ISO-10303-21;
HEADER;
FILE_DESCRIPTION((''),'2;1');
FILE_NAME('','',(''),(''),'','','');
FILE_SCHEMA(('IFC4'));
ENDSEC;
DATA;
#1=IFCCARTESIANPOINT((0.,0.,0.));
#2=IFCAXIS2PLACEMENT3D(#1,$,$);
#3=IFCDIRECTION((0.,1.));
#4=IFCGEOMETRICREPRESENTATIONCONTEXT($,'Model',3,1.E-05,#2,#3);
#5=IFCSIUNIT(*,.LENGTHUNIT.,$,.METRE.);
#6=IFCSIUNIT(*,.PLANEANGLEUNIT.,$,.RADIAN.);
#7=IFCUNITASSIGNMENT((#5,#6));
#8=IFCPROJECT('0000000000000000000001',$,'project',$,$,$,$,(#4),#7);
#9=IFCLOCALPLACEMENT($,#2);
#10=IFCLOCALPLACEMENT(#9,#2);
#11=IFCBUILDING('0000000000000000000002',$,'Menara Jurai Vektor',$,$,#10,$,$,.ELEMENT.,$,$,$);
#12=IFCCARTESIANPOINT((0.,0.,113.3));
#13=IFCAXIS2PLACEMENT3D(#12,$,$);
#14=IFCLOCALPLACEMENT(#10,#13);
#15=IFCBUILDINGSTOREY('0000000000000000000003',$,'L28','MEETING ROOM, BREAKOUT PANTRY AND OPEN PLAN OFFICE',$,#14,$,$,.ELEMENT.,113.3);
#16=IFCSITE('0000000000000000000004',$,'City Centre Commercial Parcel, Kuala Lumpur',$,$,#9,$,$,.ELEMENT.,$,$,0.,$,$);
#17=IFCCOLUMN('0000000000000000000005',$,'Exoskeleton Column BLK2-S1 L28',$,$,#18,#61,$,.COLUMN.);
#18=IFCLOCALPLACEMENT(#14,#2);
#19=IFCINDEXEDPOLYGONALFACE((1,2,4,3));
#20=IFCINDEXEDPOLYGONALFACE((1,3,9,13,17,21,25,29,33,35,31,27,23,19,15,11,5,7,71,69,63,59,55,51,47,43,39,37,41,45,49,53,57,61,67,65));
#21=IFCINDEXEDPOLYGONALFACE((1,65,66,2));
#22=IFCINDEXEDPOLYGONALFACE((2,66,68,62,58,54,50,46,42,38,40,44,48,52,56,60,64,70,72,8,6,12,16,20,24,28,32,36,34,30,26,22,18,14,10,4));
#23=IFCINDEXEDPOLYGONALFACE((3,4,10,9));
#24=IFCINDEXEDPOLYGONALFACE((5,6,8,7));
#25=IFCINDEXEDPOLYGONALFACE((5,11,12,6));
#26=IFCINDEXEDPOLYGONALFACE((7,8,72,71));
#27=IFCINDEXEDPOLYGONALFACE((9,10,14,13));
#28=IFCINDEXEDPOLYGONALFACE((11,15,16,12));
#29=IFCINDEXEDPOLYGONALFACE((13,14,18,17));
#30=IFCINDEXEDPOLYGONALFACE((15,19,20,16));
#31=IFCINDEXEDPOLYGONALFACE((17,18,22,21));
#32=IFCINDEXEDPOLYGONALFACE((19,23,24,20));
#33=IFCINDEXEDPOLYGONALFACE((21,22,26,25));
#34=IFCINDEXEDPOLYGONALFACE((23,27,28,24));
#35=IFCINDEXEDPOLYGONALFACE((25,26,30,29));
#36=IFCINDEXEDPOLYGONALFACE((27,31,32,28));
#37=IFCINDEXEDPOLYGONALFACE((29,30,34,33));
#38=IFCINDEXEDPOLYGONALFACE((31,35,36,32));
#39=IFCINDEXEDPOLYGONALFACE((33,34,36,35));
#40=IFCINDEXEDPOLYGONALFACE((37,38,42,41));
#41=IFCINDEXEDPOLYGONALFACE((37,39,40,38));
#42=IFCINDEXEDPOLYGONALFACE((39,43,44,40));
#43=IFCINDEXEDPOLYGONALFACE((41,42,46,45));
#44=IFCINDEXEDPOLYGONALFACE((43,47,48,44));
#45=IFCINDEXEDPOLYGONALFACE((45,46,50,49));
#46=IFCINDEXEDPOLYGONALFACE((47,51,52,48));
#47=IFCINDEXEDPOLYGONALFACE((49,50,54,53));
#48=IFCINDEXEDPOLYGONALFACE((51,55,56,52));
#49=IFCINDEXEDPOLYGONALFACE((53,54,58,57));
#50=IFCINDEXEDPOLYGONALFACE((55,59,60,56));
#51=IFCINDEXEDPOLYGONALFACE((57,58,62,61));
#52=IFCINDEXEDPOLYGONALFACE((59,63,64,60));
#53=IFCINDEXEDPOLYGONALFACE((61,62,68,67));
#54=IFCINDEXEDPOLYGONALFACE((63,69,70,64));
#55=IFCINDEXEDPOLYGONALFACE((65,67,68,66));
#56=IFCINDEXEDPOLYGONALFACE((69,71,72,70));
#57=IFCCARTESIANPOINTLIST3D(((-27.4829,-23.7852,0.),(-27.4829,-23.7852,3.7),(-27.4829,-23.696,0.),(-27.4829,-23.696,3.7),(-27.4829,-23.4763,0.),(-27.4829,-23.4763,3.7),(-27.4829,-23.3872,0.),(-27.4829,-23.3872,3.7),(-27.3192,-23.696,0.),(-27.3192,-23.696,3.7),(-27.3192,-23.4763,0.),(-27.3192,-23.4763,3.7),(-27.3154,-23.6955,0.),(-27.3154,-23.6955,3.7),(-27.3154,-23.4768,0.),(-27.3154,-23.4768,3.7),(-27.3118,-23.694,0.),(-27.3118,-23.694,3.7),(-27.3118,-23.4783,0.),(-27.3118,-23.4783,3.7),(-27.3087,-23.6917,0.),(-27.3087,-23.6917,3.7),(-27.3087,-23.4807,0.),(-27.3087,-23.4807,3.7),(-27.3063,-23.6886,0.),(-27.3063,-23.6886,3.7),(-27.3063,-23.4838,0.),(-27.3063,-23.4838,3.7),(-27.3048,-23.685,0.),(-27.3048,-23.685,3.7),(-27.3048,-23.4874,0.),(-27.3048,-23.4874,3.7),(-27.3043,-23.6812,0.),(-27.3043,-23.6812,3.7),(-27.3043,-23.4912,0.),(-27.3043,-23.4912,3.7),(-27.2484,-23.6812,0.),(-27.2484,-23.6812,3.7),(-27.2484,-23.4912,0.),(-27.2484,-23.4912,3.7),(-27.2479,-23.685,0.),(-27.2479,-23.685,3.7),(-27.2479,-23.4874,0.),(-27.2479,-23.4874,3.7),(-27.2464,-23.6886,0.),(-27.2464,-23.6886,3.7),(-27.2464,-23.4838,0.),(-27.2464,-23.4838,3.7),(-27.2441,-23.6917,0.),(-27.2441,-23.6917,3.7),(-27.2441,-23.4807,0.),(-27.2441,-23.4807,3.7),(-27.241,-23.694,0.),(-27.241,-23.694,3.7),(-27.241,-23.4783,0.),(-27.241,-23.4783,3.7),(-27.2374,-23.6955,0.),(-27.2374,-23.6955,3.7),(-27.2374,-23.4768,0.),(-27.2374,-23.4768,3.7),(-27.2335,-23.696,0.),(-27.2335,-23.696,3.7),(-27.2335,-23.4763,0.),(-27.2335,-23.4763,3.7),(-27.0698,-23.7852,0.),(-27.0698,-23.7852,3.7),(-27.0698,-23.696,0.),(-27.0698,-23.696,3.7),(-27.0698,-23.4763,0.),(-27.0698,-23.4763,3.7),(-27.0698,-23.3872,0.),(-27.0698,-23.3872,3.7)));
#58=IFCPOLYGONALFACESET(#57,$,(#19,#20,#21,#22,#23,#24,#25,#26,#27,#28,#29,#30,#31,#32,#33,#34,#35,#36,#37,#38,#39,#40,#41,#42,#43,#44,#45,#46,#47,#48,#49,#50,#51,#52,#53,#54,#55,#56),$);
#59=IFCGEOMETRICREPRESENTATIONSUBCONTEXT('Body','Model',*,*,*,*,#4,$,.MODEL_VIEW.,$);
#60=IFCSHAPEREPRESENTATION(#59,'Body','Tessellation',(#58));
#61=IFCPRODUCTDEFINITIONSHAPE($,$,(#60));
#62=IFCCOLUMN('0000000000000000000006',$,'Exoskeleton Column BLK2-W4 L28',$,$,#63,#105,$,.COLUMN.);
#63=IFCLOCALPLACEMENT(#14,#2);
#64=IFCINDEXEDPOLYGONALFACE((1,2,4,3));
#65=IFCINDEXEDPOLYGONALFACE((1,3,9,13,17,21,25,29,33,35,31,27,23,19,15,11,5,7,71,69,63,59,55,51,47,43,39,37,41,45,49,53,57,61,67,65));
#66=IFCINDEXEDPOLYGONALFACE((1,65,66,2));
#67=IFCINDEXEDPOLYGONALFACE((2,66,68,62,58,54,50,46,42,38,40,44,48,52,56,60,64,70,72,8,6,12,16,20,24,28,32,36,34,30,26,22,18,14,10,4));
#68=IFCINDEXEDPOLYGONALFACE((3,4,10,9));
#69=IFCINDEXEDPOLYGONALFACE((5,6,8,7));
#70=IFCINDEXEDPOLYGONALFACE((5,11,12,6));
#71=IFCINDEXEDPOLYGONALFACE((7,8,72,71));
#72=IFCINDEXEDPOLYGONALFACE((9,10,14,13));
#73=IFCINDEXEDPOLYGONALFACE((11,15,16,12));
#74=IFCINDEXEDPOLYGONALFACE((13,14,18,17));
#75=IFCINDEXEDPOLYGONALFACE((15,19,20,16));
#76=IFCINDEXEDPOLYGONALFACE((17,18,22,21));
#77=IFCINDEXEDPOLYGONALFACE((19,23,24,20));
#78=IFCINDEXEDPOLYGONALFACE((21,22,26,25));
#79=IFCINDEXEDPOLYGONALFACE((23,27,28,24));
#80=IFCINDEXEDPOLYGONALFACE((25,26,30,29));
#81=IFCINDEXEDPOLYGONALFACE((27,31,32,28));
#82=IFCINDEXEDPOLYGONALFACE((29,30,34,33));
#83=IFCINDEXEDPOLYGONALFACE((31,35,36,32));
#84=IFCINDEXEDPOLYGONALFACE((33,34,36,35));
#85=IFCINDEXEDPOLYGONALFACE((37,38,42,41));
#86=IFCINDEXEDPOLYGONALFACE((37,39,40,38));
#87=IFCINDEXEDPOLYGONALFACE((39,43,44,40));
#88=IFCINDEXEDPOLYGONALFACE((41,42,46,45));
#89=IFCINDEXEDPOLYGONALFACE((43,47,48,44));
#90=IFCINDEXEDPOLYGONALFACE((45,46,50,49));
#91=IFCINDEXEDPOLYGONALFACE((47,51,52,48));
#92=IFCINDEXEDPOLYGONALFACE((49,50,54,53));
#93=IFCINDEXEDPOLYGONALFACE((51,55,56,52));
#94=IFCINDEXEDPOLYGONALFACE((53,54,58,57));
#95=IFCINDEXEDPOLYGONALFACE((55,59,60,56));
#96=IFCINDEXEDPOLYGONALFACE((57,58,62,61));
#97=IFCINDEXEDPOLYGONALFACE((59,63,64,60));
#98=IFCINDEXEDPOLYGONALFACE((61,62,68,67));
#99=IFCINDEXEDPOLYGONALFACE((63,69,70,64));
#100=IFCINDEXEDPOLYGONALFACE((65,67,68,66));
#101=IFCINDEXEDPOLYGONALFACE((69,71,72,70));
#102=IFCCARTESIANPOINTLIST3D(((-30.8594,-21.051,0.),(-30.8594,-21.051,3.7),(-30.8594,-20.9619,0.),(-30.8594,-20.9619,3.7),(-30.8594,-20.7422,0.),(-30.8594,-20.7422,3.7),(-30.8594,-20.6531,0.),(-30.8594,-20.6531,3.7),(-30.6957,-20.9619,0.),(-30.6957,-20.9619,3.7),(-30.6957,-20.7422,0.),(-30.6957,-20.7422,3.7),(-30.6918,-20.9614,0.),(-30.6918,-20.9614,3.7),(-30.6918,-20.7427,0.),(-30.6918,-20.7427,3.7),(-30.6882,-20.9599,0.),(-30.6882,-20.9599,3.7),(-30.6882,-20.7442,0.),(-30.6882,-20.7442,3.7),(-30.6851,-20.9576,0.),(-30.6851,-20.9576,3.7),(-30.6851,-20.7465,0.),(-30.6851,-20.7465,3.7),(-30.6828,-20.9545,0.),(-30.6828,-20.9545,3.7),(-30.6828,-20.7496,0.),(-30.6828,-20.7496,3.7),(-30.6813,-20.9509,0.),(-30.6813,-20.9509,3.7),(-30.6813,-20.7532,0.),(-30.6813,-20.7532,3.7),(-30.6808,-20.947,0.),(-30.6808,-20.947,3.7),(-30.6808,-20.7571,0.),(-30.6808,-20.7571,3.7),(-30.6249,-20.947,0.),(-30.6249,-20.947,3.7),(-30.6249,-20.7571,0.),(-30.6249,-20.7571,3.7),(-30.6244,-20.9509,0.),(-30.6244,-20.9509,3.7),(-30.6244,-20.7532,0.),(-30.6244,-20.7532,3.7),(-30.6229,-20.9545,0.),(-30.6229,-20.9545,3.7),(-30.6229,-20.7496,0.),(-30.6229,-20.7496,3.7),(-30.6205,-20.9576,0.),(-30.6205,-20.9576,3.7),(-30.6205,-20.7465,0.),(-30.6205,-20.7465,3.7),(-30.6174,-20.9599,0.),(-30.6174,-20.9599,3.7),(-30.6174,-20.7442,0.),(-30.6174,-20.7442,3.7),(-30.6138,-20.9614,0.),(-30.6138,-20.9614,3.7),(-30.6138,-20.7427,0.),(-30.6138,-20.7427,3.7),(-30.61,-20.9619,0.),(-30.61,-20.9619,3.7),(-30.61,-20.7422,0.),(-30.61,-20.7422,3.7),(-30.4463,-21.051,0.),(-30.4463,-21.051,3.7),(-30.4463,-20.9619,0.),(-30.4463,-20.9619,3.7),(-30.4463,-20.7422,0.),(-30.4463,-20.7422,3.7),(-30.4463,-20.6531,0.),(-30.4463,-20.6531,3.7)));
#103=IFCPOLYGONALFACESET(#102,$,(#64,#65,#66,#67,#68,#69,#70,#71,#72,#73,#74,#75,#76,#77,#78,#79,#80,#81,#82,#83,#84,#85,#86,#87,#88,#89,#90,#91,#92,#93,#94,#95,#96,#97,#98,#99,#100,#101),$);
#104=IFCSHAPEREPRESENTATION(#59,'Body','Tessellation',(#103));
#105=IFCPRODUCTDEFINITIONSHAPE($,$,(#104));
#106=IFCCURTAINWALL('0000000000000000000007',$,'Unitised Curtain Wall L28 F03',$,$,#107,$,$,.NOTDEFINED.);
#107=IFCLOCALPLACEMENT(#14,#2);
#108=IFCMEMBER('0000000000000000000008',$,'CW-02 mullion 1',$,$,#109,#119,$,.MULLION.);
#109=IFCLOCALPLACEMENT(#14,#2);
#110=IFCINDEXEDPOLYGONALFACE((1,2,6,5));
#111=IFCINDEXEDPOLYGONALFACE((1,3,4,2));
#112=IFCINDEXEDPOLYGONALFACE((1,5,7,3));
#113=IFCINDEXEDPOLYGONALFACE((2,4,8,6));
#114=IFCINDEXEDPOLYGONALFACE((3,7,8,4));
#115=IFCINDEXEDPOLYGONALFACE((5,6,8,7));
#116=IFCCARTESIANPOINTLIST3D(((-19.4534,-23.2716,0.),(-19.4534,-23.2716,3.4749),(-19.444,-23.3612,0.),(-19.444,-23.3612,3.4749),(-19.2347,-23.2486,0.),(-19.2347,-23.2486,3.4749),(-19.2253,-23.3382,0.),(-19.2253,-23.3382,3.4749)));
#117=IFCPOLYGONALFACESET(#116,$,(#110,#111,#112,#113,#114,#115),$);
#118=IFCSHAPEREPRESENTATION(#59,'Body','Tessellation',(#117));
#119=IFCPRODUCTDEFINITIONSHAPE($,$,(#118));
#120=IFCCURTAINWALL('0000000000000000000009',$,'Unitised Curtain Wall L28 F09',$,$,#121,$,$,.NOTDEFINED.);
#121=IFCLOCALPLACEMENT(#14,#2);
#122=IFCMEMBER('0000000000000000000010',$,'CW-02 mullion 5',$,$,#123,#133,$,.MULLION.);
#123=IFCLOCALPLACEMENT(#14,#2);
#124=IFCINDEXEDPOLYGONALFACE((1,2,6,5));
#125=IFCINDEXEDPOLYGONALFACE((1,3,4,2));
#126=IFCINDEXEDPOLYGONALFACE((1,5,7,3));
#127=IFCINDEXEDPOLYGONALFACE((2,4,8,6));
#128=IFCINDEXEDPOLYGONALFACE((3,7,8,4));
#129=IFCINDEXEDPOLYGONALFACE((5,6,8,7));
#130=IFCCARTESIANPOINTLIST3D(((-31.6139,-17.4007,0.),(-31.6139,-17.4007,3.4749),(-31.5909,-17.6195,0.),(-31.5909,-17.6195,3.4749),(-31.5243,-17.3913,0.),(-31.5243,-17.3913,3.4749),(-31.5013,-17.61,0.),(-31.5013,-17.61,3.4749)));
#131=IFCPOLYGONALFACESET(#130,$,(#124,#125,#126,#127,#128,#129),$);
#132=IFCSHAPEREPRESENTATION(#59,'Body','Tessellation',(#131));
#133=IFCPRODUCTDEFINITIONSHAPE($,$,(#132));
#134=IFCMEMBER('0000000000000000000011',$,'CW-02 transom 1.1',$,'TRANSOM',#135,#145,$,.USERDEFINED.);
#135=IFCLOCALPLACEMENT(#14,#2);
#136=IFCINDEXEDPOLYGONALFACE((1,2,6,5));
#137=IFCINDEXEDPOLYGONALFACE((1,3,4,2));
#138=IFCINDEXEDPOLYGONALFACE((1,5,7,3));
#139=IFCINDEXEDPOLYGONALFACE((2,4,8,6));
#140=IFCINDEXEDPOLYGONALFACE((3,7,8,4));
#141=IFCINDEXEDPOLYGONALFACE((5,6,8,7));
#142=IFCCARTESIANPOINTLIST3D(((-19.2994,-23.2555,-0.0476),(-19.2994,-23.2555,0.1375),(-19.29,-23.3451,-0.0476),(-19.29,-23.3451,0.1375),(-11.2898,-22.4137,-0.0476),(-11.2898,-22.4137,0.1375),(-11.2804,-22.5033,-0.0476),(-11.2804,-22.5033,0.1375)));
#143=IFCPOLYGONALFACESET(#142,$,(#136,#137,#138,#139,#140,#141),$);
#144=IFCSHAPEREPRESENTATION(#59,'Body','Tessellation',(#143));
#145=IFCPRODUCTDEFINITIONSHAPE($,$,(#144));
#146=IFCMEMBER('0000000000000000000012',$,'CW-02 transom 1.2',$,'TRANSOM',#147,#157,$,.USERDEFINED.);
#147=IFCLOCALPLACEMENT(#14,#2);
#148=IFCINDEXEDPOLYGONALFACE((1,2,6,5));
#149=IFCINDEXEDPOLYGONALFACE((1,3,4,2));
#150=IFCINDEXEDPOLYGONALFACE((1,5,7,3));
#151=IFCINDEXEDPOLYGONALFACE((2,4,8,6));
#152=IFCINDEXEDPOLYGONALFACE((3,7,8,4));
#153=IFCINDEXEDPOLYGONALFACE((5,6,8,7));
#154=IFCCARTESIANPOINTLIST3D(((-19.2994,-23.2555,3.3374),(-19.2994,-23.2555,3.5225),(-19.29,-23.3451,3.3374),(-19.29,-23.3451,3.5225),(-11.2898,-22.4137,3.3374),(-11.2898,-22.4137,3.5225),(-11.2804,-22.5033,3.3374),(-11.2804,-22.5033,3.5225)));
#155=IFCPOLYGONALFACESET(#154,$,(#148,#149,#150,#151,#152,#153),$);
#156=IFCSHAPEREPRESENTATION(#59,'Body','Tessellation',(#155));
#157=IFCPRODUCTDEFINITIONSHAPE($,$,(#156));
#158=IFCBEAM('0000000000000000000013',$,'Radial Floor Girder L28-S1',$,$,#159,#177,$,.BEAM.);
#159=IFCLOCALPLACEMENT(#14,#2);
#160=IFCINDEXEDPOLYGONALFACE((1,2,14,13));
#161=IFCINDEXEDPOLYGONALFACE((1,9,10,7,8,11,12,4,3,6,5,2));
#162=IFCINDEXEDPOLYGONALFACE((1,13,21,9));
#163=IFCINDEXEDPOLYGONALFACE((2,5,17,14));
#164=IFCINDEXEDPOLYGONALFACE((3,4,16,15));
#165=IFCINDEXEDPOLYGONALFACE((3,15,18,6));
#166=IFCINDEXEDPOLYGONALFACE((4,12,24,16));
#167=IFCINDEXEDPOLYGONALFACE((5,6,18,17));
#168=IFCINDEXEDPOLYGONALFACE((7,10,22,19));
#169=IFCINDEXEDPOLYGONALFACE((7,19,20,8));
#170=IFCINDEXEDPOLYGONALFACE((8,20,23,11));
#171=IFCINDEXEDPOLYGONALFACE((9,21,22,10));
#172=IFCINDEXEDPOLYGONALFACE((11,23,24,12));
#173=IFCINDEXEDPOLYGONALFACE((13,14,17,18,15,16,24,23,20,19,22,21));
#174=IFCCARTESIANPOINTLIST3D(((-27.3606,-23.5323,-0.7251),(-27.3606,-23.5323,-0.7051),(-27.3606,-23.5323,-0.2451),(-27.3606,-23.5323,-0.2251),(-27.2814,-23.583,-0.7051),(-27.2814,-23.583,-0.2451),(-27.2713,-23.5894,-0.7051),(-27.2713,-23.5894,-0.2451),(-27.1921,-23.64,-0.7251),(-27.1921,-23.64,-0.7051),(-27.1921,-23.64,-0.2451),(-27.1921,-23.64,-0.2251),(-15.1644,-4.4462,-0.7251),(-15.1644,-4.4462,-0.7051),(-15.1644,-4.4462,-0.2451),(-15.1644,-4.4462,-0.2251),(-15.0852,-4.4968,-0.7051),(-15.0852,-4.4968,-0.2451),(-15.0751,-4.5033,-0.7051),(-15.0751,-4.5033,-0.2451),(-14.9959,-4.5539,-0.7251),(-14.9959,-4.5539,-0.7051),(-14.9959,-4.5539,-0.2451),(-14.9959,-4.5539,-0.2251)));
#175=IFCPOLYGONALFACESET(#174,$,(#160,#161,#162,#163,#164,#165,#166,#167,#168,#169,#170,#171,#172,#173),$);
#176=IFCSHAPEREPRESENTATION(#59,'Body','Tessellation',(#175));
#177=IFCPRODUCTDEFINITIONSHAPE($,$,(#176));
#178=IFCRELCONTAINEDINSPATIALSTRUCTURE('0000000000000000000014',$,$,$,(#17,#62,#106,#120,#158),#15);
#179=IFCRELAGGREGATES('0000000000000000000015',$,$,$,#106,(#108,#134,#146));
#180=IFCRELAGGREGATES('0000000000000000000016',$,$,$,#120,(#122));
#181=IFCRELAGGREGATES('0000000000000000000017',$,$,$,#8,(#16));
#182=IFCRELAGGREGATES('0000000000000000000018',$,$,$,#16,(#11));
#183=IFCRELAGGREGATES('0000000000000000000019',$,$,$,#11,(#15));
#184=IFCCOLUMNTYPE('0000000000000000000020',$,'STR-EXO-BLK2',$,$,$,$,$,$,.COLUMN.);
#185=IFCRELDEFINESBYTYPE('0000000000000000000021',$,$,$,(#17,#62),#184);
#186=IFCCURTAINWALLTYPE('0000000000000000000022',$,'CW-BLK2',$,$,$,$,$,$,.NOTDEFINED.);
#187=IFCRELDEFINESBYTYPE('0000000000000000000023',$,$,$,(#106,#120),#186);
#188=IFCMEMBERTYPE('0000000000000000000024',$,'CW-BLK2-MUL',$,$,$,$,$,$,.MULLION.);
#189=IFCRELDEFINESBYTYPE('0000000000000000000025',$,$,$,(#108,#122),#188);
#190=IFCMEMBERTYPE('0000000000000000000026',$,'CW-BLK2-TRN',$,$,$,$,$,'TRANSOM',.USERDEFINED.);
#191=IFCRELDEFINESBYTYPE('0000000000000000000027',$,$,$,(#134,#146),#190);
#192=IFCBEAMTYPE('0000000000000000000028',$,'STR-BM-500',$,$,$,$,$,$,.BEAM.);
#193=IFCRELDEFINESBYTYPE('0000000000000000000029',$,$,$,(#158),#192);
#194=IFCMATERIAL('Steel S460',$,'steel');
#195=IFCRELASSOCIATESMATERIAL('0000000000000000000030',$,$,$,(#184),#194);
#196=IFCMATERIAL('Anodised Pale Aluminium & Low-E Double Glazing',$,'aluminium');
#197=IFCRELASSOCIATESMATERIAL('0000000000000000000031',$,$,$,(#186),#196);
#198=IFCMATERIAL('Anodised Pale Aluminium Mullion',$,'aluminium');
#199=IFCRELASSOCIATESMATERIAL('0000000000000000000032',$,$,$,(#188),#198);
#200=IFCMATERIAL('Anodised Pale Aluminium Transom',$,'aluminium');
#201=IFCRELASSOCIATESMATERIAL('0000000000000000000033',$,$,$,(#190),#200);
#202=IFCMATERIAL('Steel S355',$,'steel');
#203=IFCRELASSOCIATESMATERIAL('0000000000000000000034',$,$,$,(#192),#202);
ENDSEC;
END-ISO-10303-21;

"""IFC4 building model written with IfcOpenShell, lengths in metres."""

from ifc_helpers import new_model, si_unit, direction, frame, origin, origin_2d, place, context, subcontext, project, spatial, rectangle, i_section, extrude, material, material_profile, profile_set, type_object, element, aggregate, save


model = new_model("IFC4")

# Units and contexts
model_context = context("Model", 3, precision=1e-05, world=origin(), true_north=direction((0.0, 1.0)))
body_context = subcontext(model_context, "Body", "Model", "MODEL_VIEW")
ifc_project = project(units=[si_unit("LENGTHUNIT", "METRE"), si_unit("PLANEANGLEUNIT", "RADIAN")], contexts=[model_context])

# Site, building, storey
site_placement = place(None, origin())
site = spatial("IfcSite", under=ifc_project, at=site_placement, Name="City Centre Commercial Parcel, Kuala Lumpur", CompositionType="ELEMENT", RefElevation=0.0)
building_placement = place(site_placement, origin())
building = spatial("IfcBuilding", under=site, at=building_placement, Name="Menara Jurai Vektor", CompositionType="ELEMENT")
storey_placement = place(building_placement, frame((0.0, 0.0, 113.3)))
storey = spatial("IfcBuildingStorey", under=building, at=storey_placement, Name="L28", Description="MEETING ROOM, BREAKOUT PANTRY AND OPEN PLAN OFFICE", CompositionType="ELEMENT", Elevation=113.3)

# Columns
ifc_material_1 = material(Name="Steel S460", Category="steel")
ifc_material_profile_1 = material_profile(ifc_material_1, i_section(OverallWidth=0.4131, OverallDepth=0.3979, WebThickness=0.0559, FlangeThickness=0.0891, FilletRadius=0.0149, at=origin_2d()), Name="HD 400x744")
ifc_profile_set_1 = profile_set([ifc_material_profile_1], Name="Steel S460")
column_type = type_object("IfcColumnType", Name="STR-EXO-BLK2", PredefinedType="COLUMN", material=ifc_profile_set_1)
for number, where, z_axis, x_axis, name in (
    (1, (-27.2764, -23.5862, 0.0), (0.0, 0.0, 1.0), (1.0, 0.0, 0.0), "Exoskeleton Column BLK2-S1 L28"),
    (2, (-30.6528, -20.8521, 0.0), (0.0, 0.0, 1.0), (1.0, 0.0, 0.0), "Exoskeleton Column BLK2-W4 L28"),
):
    element("IfcColumn", number, at=place(storey_placement, frame(where, z_axis=z_axis, x_axis=x_axis)), inside=storey, type_object=column_type, Name=name, PredefinedType="COLUMN", context=body_context, shape_type="SweptSolid", body=[
        extrude(i_section(OverallWidth=0.4131, OverallDepth=0.3979, WebThickness=0.0559, FlangeThickness=0.0891, FilletRadius=0.0149, at=origin_2d()), origin(), (0.0, 0.0, 1.0), 3.7),
    ])

# Curtain walls, members
ifc_material_2 = material(Name="Anodised Pale Aluminium & Low-E Double Glazing", Category="aluminium")
curtain_wall_type = type_object("IfcCurtainWallType", Name="CW-BLK2", PredefinedType="NOTDEFINED", material=ifc_material_2)
curtain_wall_1_placement = place(storey_placement, origin())
curtain_wall_1 = element("IfcCurtainWall", 3, at=curtain_wall_1_placement, inside=storey, type_object=curtain_wall_type, Name="Unitised Curtain Wall L28 F03", PredefinedType="NOTDEFINED")
ifc_material_3 = material(Name="Anodised Pale Aluminium Mullion", Category="aluminium")
ifc_material_profile_2 = material_profile(ifc_material_3, rectangle(XDim=0.0901, YDim=0.22, at=origin_2d()), Name="ALU MUL 90x220")
ifc_profile_set_2 = profile_set([ifc_material_profile_2], Name="Anodised Pale Aluminium Mullion")
member_type_1 = type_object("IfcMemberType", Name="CW-BLK2-MUL", PredefinedType="MULLION", material=ifc_profile_set_2)
member_1_placement = place(storey_placement, frame((-19.3394, -23.3049, 0.0), z_axis=(0.0, 0.0, 1.0), x_axis=(-0.104529, 0.994522, 0.0)))
member_1 = element("IfcMember", 4, at=member_1_placement, type_object=member_type_1, Name="CW-02 mullion 1", PredefinedType="MULLION", context=body_context, shape_type="SweptSolid", body=[
    extrude(rectangle(XDim=0.0901, YDim=0.22, at=origin_2d()), origin(), (0.0, 0.0, 1.0), 3.4749),
])
curtain_wall_2_placement = place(storey_placement, origin())
curtain_wall_2 = element("IfcCurtainWall", 5, at=curtain_wall_2_placement, inside=storey, type_object=curtain_wall_type, Name="Unitised Curtain Wall L28 F09", PredefinedType="NOTDEFINED")
member_2_placement = place(storey_placement, frame((-31.5576, -17.5054, 0.0), z_axis=(0.0, 0.0, 1.0), x_axis=(0.994522, 0.104531, 0.0)))
member_2 = element("IfcMember", 6, at=member_2_placement, type_object=member_type_1, Name="CW-02 mullion 5", PredefinedType="MULLION", context=body_context, shape_type="SweptSolid", body=[
    extrude(rectangle(XDim=0.0901, YDim=0.22, at=origin_2d()), origin(), (0.0, 0.0, 1.0), 3.4749),
])

# Members
ifc_material_4 = material(Name="Anodised Pale Aluminium Transom", Category="aluminium")
ifc_material_profile_3 = material_profile(ifc_material_4, rectangle(XDim=0.0901, YDim=0.1851, at=origin_2d()), Name="ALU TRN 90x185")
ifc_profile_set_3 = profile_set([ifc_material_profile_3], Name="Anodised Pale Aluminium Transom")
member_type_2 = type_object("IfcMemberType", Name="CW-BLK2-TRN", ElementType="TRANSOM", PredefinedType="USERDEFINED", material=ifc_profile_set_3)
member_3_placement = place(storey_placement, frame((-19.2947, -23.3003, 0.0449), z_axis=(0.994522, 0.104524, 0.0), x_axis=(-0.104524, 0.994522, 0.0)))
member_3 = element("IfcMember", 7, at=member_3_placement, type_object=member_type_2, Name="CW-02 transom 1.1", ObjectType="TRANSOM", PredefinedType="USERDEFINED", context=body_context, shape_type="SweptSolid", body=[
    extrude(rectangle(XDim=0.0901, YDim=0.1851, at=origin_2d()), origin(), (0.0, 0.0, 1.0), 8.0537),
])
member_4_placement = place(storey_placement, frame((-19.2947, -23.3003, 3.4299), z_axis=(0.994522, 0.104524, 0.0), x_axis=(-0.104524, 0.994522, 0.0)))
member_4 = element("IfcMember", 8, at=member_4_placement, type_object=member_type_2, Name="CW-02 transom 1.2", ObjectType="TRANSOM", PredefinedType="USERDEFINED", context=body_context, shape_type="SweptSolid", body=[
    extrude(rectangle(XDim=0.0901, YDim=0.1851, at=origin_2d()), origin(), (0.0, 0.0, 1.0), 8.0537),
])

# Beam
ifc_material_5 = material(Name="Steel S355", Category="steel")
ifc_material_profile_4 = material_profile(ifc_material_5, i_section(OverallWidth=0.2, OverallDepth=0.5, WebThickness=0.012, FlangeThickness=0.02, at=origin_2d()), Name="PG 500x200x96")
ifc_profile_set_4 = profile_set([ifc_material_profile_4], Name="Steel S355")
beam_type_1 = type_object("IfcBeamType", Name="STR-BM-500", PredefinedType="BEAM", material=ifc_profile_set_4)
beam_1_placement = place(storey_placement, frame((-27.2764, -23.5862, -0.4751), z_axis=(0.538463, 0.842649, 0.0), x_axis=(-0.842649, 0.538463, 0.0)))
element("IfcBeam", 9, at=beam_1_placement, inside=storey, type_object=beam_type_1, Name="Radial Floor Girder L28-S1", PredefinedType="BEAM", context=body_context, shape_type="SweptSolid", body=[
    extrude(i_section(OverallWidth=0.2, OverallDepth=0.5, WebThickness=0.012, FlangeThickness=0.02, at=origin_2d()), origin(), (0.0, 0.0, 1.0), 22.6501),
])

aggregate(curtain_wall_1, [member_1, member_3, member_4])
aggregate(curtain_wall_2, [member_2])

save(model, "model.ifc")
